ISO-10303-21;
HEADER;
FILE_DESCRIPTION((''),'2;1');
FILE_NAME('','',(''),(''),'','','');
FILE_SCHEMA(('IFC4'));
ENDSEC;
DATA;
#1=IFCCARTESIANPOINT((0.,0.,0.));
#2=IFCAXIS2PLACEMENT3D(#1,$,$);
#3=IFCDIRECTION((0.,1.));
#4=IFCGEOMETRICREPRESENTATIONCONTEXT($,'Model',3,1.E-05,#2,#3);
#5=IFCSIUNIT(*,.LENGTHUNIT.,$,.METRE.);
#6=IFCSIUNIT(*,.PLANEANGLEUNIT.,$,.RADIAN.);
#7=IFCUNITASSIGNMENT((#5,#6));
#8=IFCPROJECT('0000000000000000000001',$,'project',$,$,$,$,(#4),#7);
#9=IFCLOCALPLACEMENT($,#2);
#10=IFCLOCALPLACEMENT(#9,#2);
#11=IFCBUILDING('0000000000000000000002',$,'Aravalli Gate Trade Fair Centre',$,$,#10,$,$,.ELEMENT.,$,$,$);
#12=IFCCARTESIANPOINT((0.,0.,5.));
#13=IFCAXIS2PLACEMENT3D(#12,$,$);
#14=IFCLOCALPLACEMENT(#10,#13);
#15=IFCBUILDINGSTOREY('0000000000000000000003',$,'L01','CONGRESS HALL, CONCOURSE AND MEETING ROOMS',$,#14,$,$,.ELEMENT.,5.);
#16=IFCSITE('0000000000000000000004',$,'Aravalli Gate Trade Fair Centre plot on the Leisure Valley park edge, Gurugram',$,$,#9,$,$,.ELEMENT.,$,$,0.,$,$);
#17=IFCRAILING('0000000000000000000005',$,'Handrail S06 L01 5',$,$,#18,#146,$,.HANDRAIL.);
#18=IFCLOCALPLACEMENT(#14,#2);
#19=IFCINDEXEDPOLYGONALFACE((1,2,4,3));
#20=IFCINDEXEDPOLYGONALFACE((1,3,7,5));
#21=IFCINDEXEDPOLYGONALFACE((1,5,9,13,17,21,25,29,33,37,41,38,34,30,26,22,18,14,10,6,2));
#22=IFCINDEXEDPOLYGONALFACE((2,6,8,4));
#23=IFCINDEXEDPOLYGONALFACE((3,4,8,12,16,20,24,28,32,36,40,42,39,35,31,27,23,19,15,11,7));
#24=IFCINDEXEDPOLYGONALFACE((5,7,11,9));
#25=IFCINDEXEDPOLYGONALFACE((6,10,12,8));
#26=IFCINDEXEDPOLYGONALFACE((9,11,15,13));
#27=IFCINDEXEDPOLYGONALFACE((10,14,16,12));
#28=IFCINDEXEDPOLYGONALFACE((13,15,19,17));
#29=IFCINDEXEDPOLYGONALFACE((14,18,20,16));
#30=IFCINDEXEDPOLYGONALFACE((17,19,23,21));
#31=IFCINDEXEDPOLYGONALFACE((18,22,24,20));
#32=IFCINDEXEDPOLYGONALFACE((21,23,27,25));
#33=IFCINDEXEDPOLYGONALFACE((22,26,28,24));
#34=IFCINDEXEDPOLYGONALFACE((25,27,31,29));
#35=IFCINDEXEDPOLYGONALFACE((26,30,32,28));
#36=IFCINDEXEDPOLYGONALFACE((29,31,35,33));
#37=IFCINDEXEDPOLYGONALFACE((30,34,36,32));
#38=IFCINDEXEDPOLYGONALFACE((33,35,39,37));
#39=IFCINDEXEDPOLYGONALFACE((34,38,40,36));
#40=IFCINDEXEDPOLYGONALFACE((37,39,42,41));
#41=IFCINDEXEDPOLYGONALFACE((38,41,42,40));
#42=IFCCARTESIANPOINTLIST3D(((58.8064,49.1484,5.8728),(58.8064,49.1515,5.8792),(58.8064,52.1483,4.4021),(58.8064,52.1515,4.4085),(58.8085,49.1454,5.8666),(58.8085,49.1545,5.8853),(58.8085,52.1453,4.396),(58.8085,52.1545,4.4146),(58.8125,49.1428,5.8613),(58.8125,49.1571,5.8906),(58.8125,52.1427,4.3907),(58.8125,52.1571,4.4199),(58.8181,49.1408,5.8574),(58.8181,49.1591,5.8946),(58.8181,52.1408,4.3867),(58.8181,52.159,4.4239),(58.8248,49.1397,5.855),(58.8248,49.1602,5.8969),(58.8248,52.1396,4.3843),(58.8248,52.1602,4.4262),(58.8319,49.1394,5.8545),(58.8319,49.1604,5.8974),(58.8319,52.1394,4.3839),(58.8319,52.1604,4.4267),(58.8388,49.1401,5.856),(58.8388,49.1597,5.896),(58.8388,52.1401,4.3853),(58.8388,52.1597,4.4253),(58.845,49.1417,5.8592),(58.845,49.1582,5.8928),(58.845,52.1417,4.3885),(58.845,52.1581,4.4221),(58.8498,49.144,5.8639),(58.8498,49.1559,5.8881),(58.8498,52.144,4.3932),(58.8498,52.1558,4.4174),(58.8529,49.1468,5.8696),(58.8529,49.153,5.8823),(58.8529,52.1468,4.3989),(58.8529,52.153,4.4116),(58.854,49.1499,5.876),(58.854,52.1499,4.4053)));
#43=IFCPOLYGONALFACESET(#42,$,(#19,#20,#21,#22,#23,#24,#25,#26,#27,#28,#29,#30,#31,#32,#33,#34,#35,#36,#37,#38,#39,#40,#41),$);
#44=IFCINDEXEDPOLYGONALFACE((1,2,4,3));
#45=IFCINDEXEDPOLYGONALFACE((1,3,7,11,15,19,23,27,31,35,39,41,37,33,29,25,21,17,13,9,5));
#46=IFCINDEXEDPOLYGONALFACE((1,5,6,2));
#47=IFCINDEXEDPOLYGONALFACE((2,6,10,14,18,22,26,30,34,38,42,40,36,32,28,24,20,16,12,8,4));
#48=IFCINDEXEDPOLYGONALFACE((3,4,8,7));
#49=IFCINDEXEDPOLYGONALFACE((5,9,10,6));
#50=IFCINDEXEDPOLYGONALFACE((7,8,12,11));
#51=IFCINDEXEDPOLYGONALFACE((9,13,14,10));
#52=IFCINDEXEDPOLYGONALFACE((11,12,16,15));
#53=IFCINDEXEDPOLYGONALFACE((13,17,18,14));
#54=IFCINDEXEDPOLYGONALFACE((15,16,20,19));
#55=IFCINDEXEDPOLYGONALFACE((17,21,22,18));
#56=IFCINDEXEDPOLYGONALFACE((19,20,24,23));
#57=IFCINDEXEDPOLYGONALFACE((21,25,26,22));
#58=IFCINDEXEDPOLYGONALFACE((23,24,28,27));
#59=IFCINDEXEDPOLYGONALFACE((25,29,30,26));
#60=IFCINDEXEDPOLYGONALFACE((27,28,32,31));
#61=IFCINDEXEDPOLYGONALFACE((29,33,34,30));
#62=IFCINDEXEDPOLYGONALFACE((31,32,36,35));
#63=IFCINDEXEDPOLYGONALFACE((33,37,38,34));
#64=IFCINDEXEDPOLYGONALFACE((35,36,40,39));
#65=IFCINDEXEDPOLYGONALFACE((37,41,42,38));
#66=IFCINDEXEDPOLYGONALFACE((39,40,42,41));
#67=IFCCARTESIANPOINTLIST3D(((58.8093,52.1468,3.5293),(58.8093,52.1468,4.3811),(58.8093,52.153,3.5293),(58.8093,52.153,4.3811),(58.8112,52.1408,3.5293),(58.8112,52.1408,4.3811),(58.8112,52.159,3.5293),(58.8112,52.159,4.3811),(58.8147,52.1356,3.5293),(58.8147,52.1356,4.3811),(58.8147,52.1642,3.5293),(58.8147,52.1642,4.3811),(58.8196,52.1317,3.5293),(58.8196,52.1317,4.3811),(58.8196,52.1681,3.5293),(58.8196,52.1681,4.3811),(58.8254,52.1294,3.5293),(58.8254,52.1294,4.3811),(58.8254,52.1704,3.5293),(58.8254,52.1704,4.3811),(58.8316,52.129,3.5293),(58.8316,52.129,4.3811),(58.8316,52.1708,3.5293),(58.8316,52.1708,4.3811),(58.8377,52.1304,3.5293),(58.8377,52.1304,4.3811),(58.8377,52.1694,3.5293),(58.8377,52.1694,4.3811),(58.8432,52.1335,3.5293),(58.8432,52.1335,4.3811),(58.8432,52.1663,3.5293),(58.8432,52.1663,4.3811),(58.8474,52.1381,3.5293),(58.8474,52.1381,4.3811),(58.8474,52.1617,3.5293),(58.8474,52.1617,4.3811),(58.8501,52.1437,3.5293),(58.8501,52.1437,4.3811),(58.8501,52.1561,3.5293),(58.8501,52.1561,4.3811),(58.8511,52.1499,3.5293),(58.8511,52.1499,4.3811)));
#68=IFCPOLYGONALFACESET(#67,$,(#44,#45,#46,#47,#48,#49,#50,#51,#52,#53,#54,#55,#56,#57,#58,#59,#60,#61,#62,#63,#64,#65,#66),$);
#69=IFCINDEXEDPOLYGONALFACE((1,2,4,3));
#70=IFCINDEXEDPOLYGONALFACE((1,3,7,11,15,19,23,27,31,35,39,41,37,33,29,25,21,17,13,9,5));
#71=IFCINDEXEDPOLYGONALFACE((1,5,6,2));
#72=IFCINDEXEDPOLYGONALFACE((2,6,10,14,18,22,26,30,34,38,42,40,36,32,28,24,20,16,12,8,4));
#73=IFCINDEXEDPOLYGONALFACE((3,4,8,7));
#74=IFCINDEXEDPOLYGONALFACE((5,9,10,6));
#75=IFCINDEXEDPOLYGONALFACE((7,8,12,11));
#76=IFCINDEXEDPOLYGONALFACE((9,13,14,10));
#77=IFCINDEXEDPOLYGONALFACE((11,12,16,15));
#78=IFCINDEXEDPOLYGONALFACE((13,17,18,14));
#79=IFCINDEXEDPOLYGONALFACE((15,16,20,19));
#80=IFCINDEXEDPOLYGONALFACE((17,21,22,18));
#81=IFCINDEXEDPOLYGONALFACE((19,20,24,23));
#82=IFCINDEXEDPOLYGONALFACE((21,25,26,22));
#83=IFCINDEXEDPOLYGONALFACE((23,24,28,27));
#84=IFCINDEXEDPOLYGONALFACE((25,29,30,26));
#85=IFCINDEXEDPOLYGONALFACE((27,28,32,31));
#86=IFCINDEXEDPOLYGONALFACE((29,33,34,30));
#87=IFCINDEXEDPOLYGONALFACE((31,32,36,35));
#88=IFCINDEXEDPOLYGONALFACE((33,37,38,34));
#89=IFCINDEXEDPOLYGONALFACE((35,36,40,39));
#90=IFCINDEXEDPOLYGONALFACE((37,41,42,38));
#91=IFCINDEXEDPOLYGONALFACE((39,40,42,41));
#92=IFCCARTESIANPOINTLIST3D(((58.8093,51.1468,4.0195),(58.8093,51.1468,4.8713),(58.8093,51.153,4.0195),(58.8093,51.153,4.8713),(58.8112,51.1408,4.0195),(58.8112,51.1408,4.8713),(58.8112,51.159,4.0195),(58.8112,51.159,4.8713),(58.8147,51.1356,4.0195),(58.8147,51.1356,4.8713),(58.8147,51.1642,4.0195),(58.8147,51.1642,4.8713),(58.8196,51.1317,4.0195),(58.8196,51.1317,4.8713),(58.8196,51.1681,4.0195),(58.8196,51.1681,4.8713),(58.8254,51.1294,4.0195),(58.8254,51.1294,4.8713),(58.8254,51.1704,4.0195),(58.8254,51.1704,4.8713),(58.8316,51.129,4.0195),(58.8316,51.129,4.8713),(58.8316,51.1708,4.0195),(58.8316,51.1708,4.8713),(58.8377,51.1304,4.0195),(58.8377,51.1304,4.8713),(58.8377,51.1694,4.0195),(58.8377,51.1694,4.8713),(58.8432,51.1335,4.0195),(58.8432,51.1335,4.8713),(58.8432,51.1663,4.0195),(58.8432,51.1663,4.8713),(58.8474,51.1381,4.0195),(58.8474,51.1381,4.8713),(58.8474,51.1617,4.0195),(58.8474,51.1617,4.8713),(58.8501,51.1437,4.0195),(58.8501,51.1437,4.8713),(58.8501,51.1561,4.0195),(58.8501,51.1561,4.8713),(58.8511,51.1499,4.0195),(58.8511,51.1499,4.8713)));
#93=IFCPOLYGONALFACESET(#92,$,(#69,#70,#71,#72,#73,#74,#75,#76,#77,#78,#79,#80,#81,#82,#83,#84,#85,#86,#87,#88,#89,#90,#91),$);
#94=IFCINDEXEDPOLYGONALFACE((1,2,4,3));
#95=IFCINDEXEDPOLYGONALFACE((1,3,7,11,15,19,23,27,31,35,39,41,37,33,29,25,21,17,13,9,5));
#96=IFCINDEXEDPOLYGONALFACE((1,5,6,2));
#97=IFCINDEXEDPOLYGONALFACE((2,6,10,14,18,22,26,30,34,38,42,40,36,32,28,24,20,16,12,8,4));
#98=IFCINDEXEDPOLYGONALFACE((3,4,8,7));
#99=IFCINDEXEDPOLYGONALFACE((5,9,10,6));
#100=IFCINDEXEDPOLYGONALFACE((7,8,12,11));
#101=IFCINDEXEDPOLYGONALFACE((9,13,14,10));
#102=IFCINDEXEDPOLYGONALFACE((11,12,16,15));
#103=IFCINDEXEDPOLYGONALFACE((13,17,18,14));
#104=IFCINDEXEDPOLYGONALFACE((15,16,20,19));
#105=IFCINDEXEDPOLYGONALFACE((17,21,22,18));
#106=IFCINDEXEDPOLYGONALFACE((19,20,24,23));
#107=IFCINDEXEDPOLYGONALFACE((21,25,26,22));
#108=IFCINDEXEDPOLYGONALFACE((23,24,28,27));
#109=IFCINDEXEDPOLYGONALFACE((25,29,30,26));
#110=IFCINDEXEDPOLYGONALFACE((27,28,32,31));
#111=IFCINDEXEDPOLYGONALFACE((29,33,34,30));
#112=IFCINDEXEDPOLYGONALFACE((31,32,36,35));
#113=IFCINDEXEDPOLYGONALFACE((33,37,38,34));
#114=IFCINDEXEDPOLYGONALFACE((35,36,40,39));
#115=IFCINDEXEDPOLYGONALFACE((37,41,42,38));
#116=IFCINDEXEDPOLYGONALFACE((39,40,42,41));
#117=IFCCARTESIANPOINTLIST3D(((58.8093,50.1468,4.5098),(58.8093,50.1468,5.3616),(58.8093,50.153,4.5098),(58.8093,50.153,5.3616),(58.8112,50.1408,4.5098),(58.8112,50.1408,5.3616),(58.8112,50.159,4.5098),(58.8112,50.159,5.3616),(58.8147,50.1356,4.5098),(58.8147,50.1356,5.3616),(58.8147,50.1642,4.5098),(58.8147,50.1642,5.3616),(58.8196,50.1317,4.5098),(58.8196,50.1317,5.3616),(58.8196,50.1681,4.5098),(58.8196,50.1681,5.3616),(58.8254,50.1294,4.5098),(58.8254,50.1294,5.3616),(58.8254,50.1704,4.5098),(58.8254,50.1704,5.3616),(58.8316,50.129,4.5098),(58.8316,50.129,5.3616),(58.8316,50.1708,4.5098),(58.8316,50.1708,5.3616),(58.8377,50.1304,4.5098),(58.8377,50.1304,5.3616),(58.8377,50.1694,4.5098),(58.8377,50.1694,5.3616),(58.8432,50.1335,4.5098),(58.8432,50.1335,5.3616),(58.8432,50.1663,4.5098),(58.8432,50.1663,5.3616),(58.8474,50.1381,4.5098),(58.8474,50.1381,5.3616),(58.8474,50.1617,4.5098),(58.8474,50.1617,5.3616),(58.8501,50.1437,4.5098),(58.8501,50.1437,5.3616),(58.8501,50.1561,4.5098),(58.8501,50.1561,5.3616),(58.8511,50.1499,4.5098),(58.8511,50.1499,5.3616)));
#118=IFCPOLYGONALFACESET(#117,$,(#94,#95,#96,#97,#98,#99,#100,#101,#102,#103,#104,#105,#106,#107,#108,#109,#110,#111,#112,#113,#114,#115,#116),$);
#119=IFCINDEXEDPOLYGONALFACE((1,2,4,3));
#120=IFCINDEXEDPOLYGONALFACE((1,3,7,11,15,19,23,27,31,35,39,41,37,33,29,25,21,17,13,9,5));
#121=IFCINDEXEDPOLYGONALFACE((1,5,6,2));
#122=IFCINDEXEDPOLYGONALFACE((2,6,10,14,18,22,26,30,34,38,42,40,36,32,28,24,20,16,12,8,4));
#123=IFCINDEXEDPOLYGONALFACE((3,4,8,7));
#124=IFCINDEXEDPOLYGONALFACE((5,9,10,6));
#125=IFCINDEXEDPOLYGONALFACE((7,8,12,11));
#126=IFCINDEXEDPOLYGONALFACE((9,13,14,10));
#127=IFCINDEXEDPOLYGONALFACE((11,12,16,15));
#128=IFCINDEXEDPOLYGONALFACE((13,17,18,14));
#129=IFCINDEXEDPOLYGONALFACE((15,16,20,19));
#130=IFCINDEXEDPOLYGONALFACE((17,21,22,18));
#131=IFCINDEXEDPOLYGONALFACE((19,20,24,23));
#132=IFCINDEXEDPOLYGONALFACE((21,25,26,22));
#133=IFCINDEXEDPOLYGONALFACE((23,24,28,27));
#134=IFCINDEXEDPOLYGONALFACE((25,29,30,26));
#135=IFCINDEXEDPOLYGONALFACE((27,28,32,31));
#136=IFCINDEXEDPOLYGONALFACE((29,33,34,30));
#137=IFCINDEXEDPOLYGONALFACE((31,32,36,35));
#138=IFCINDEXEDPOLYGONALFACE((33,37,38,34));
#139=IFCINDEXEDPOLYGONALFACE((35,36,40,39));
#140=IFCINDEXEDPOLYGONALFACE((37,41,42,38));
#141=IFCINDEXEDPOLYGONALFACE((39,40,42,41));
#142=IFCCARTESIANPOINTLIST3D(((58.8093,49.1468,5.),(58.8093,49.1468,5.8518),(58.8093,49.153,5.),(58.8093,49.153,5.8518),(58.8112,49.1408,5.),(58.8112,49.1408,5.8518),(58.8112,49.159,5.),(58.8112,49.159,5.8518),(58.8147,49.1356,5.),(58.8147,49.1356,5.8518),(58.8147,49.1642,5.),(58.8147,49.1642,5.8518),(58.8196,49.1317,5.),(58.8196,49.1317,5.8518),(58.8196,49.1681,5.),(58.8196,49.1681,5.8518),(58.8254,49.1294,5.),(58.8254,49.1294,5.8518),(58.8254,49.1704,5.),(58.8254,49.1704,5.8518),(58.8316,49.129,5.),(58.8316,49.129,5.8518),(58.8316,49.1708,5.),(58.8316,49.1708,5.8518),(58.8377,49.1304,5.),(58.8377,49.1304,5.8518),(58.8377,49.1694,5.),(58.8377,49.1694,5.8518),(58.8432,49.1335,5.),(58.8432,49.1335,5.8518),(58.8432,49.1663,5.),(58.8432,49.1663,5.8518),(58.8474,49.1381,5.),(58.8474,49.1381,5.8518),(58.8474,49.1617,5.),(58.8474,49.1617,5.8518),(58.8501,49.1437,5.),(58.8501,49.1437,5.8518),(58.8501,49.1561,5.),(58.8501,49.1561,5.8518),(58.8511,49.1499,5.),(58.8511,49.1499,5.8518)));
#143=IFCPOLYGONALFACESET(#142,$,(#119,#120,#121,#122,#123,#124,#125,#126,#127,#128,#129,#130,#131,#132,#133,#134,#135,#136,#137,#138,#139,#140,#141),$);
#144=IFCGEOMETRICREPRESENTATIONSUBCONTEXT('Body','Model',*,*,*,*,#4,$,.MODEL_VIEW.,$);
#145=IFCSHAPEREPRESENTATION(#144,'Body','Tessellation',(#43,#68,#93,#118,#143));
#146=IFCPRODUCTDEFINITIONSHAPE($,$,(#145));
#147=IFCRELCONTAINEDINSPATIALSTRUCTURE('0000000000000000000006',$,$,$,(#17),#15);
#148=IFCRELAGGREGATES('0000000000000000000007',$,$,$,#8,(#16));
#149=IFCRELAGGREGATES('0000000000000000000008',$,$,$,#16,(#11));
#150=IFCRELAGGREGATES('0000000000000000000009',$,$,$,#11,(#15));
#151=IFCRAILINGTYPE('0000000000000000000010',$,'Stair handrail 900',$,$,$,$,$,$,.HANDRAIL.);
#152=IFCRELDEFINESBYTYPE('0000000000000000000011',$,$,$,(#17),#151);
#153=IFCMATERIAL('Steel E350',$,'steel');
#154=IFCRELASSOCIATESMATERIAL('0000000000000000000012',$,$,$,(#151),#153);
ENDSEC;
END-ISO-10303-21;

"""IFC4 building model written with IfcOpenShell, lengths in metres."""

from ifc_helpers import new_model, si_unit, direction, frame, origin, origin_2d, place, context, subcontext, project, spatial, circle, extrude, material, type_object, element, save


model = new_model("IFC4")

# Units and contexts
model_context = context("Model", 3, precision=1e-05, world=origin(), true_north=direction((0.0, 1.0)))
body_context = subcontext(model_context, "Body", "Model", "MODEL_VIEW")
ifc_project = project(units=[si_unit("LENGTHUNIT", "METRE"), si_unit("PLANEANGLEUNIT", "RADIAN")], contexts=[model_context])

# Site, building, storey
site_placement = place(None, origin())
site = spatial("IfcSite", under=ifc_project, at=site_placement, Name="Aravalli Gate Trade Fair Centre plot on the Leisure Valley park edge, Gurugram", CompositionType="ELEMENT", RefElevation=0.0)
building_placement = place(site_placement, origin())
building = spatial("IfcBuilding", under=site, at=building_placement, Name="Aravalli Gate Trade Fair Centre", CompositionType="ELEMENT")
storey_placement = place(building_placement, frame((0.0, 0.0, 5.0)))
storey = spatial("IfcBuildingStorey", under=building, at=storey_placement, Name="L01", Description="CONGRESS HALL, CONCOURSE AND MEETING ROOMS", CompositionType="ELEMENT", Elevation=5.0)

# Railing
ifc_material_1 = material(Name="Steel E350", Category="steel")
railing_type = type_object("IfcRailingType", Name="Stair handrail 900", PredefinedType="HANDRAIL", material=ifc_material_1)
railing_placement = place(storey_placement, frame((58.8301, 52.1499, 3.5293)))
element("IfcRailing", 1, at=railing_placement, inside=storey, type_object=railing_type, Name="Handrail S06 L01 5", PredefinedType="HANDRAIL", context=body_context, shape_type="SweptSolid", body=[
    extrude(circle(Radius=0.0239, at=origin_2d()), frame((0.0, 0.0, 0.876), z_axis=(0.0, -0.897907, 0.440185), x_axis=(1.0, 0.0, 0.0)), (0.0, 0.0, 1.0), 3.3411),
    extrude(circle(Radius=0.021, at=origin_2d()), origin(), (0.0, 0.0, 1.0), 0.8518),
    extrude(circle(Radius=0.021, at=origin_2d()), frame((0.0, -1.0, 0.4902)), (0.0, 0.0, 1.0), 0.8518),
    extrude(circle(Radius=0.021, at=origin_2d()), frame((0.0, -2.0, 0.9805)), (0.0, 0.0, 1.0), 0.8518),
    extrude(circle(Radius=0.021, at=origin_2d()), frame((0.0, -3.0, 1.4707)), (0.0, 0.0, 1.0), 0.8518),
])

save(model, "model.ifc")
